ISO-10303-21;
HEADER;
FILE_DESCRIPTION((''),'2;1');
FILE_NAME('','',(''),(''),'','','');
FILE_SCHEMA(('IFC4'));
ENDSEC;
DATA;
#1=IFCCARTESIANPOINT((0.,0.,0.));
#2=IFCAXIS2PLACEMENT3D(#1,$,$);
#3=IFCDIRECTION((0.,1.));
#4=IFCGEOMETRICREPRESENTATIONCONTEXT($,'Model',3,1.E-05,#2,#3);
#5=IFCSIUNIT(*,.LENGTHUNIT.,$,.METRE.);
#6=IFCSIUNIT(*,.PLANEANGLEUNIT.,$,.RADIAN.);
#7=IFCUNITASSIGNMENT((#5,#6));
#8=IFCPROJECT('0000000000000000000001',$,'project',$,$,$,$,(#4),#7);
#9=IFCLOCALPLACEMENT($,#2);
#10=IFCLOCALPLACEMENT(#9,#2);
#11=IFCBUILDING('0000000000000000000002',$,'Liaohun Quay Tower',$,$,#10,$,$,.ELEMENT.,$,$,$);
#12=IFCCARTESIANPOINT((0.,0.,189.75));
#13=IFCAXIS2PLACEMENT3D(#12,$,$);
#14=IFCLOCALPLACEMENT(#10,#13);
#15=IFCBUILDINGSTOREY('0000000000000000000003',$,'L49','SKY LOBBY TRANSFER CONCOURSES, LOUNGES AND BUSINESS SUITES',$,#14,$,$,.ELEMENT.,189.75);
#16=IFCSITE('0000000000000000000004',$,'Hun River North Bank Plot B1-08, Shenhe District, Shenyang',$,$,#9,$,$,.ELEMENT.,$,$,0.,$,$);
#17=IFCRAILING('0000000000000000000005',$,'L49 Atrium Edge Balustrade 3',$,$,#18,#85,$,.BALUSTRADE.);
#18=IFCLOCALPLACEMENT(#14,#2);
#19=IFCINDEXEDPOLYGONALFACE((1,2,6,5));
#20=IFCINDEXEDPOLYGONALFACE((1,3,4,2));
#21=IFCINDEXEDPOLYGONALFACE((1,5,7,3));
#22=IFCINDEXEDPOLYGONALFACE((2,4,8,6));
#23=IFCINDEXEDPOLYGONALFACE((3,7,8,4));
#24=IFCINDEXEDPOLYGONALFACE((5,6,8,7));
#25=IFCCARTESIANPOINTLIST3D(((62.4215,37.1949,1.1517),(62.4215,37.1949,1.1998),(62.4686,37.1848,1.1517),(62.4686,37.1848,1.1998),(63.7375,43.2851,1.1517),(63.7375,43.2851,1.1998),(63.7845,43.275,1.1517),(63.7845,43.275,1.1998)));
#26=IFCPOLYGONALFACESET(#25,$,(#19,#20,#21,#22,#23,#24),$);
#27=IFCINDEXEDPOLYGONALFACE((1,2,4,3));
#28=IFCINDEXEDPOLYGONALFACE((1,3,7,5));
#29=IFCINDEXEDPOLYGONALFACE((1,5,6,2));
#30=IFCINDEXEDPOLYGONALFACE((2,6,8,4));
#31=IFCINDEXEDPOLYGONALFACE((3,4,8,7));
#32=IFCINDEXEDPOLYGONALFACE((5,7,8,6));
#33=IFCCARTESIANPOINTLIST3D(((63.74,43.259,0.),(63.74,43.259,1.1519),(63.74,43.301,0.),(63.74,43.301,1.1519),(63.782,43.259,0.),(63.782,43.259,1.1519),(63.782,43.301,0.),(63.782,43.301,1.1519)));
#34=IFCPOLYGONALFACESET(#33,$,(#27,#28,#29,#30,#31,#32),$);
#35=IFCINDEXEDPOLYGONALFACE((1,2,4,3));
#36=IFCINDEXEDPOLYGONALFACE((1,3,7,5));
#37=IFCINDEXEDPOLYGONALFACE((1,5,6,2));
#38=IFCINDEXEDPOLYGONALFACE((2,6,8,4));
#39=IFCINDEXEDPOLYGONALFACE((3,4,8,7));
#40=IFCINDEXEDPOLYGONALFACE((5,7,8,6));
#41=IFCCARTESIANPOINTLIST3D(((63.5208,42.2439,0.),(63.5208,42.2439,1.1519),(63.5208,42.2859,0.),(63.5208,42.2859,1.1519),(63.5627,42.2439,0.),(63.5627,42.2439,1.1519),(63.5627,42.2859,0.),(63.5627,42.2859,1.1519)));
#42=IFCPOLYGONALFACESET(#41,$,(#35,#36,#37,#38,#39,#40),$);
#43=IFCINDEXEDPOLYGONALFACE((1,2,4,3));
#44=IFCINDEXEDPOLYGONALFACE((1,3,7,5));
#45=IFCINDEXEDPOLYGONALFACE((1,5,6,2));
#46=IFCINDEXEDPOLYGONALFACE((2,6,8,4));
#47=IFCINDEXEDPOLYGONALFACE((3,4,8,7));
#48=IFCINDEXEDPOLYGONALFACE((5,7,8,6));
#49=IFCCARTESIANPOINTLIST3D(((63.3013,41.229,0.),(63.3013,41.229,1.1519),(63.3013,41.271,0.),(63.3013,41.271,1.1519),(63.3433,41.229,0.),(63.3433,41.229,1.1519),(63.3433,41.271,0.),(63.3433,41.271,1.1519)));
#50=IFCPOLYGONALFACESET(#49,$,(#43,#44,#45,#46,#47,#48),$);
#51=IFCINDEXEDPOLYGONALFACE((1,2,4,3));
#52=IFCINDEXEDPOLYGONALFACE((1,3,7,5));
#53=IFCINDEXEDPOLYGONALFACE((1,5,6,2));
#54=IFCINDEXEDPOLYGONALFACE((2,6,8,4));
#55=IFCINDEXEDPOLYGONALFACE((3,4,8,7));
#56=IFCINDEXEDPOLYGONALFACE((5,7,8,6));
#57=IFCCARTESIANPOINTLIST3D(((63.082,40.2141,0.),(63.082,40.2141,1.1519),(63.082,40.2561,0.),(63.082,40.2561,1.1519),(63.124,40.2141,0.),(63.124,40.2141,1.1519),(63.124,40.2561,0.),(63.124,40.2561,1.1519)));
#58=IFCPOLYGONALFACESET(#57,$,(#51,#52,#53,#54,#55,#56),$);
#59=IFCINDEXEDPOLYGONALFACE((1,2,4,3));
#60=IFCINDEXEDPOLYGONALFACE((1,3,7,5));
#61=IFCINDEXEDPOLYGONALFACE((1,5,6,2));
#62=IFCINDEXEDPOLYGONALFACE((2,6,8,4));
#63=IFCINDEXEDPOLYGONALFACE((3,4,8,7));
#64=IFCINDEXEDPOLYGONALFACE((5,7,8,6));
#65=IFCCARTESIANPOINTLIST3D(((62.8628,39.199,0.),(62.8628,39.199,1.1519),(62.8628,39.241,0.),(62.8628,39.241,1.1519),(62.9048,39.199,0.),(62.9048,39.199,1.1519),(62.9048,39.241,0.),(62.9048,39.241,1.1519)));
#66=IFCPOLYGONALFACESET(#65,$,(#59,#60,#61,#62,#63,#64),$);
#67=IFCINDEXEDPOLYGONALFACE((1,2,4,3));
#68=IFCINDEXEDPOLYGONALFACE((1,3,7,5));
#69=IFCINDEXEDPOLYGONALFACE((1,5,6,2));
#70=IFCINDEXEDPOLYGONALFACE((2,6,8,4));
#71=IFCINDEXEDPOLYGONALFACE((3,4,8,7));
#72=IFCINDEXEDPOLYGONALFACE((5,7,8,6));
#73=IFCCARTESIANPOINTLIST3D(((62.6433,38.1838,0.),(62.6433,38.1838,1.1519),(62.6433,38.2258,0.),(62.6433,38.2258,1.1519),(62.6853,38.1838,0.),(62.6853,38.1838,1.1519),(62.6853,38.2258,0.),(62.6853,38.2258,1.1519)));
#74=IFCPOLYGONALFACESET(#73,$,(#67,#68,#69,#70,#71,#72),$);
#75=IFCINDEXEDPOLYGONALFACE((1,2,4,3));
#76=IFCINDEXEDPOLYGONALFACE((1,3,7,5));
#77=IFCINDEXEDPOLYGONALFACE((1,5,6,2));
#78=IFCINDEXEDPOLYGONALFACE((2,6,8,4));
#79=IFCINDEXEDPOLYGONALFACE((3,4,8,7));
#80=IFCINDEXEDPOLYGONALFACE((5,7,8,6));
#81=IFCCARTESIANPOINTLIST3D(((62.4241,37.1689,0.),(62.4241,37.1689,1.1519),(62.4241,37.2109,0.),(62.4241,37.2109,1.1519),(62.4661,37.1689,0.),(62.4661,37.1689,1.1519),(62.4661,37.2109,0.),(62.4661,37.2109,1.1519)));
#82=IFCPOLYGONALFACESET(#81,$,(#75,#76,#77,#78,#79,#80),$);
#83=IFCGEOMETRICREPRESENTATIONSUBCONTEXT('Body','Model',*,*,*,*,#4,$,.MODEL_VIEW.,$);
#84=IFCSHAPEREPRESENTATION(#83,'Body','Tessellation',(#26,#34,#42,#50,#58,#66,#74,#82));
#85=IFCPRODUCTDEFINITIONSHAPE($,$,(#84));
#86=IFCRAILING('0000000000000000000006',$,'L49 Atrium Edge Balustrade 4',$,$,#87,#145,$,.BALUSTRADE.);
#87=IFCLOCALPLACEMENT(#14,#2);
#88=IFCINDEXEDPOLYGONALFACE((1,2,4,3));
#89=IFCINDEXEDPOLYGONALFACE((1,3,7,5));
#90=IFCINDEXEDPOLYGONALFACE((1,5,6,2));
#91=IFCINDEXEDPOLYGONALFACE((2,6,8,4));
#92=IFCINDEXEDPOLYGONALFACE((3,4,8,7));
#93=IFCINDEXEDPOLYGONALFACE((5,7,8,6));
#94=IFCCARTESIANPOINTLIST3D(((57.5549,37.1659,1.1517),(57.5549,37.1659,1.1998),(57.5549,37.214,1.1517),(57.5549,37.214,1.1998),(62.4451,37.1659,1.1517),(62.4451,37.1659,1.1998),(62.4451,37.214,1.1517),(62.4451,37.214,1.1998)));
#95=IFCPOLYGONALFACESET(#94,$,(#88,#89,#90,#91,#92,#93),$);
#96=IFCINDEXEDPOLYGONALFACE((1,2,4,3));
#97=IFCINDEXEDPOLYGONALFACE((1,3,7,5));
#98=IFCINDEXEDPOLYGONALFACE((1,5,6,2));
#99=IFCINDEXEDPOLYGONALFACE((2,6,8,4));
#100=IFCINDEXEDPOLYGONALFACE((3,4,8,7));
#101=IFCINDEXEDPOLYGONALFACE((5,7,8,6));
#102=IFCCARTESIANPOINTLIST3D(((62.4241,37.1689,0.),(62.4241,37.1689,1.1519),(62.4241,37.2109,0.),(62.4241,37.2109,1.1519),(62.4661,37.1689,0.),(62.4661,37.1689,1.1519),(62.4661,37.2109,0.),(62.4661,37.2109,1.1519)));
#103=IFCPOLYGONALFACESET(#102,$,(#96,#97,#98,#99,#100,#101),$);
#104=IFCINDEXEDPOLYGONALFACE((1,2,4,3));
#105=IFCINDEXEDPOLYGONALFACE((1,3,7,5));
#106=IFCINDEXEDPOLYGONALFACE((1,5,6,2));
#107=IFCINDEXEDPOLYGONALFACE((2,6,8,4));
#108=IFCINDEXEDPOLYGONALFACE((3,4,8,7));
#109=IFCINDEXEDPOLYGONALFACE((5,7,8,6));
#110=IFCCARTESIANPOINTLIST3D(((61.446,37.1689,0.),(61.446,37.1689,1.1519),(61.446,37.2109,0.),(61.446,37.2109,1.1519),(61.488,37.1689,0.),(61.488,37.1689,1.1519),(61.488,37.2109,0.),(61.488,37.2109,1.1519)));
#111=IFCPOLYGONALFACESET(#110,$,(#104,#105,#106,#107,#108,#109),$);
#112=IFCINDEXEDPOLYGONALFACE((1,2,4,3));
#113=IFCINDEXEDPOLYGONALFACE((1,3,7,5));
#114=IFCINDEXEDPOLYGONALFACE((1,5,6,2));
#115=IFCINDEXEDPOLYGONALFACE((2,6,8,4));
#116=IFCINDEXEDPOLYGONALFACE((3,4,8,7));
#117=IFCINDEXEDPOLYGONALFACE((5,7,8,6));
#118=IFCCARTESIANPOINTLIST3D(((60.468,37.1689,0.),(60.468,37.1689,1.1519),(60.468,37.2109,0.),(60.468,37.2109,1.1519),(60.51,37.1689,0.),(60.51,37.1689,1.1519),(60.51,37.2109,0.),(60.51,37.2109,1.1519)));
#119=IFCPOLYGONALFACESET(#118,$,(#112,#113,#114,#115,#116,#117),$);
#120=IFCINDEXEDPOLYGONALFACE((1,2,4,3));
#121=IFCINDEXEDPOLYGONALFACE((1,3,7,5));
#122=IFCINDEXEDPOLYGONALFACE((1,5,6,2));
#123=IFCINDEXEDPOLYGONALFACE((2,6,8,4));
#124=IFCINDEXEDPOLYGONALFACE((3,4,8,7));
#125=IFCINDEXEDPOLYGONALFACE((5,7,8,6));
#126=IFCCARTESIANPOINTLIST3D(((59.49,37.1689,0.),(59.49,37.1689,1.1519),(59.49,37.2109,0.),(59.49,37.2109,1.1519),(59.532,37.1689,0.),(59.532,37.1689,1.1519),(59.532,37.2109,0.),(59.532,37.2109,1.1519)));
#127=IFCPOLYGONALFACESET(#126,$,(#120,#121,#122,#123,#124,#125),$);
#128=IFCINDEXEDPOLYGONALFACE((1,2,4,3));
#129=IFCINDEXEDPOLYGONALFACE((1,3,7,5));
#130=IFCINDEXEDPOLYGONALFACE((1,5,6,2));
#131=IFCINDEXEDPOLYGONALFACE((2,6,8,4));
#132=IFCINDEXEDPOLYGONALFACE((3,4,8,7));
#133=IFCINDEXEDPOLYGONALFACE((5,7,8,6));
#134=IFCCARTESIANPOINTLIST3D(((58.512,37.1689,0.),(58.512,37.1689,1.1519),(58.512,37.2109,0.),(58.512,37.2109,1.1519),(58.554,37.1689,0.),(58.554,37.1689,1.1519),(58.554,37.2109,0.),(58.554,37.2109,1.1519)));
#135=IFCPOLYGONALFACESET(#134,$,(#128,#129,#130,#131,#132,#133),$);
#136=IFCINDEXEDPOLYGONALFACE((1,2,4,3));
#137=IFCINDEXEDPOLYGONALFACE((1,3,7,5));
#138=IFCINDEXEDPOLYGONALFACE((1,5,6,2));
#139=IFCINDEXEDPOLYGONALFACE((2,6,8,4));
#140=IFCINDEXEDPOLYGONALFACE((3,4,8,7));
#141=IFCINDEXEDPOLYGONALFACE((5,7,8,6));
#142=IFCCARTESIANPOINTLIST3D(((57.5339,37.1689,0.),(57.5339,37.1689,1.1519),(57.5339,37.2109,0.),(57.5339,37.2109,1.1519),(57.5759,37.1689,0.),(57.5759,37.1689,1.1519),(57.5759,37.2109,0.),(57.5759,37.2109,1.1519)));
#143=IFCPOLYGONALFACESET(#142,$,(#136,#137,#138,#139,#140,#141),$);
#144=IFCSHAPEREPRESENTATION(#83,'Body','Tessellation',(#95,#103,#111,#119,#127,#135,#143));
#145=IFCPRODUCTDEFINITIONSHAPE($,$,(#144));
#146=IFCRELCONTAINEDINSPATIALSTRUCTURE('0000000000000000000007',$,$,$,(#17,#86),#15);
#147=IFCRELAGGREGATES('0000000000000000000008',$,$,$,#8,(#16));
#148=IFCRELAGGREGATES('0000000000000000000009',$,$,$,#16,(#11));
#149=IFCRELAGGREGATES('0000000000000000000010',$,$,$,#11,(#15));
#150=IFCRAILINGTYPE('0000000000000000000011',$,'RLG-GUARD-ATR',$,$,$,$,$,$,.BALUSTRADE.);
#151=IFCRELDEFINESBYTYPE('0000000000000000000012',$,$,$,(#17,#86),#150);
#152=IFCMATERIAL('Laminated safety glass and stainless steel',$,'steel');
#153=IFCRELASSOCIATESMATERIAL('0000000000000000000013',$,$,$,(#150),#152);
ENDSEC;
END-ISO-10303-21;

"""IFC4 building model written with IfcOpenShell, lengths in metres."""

from ifc_helpers import new_model, si_unit, direction, frame, origin, origin_2d, place, context, subcontext, project, spatial, rectangle, extrude, material, type_object, element, save


model = new_model("IFC4")

# Units and contexts
model_context = context("Model", 3, precision=1e-05, world=origin(), true_north=direction((0.0, 1.0)))
body_context = subcontext(model_context, "Body", "Model", "MODEL_VIEW")
ifc_project = project(units=[si_unit("LENGTHUNIT", "METRE"), si_unit("PLANEANGLEUNIT", "RADIAN")], contexts=[model_context])

# Site, building, storey
site_placement = place(None, origin())
site = spatial("IfcSite", under=ifc_project, at=site_placement, Name="Hun River North Bank Plot B1-08, Shenhe District, Shenyang", CompositionType="ELEMENT", RefElevation=0.0)
building_placement = place(site_placement, origin())
building = spatial("IfcBuilding", under=site, at=building_placement, Name="Liaohun Quay Tower", CompositionType="ELEMENT")
storey_placement = place(building_placement, frame((0.0, 0.0, 189.75)))
storey = spatial("IfcBuildingStorey", under=building, at=storey_placement, Name="L49", Description="SKY LOBBY TRANSFER CONCOURSES, LOUNGES AND BUSINESS SUITES", CompositionType="ELEMENT", Elevation=189.75)

# Railings
ifc_material_1 = material(Name="Laminated safety glass and stainless steel", Category="steel")
railing_type = type_object("IfcRailingType", Name="RLG-GUARD-ATR", PredefinedType="BALUSTRADE", material=ifc_material_1)
railing_1_placement = place(storey_placement, frame((63.761, 43.28, 0.0)))
element("IfcRailing", 1, at=railing_1_placement, inside=storey, type_object=railing_type, Name="L49 Atrium Edge Balustrade 3", PredefinedType="BALUSTRADE", context=body_context, shape_type="SweptSolid", body=[
    extrude(rectangle(XDim=0.0481, YDim=0.0481, at=origin_2d()), frame((0.0, 0.0, 1.1758), z_axis=(-0.211201, -0.977443, 0.0), x_axis=(0.977443, -0.211201, 0.0)), (0.0, 0.0, 1.0), 6.2307),
    extrude(rectangle(XDim=0.042, YDim=0.042, at=origin_2d()), origin(), (0.0, 0.0, 1.0), 1.1519),
    extrude(rectangle(XDim=0.042, YDim=0.042, at=origin_2d()), frame((-0.2192, -1.0151, 0.0)), (0.0, 0.0, 1.0), 1.1519),
    extrude(rectangle(XDim=0.042, YDim=0.042, at=origin_2d()), frame((-0.4387, -2.03, 0.0)), (0.0, 0.0, 1.0), 1.1519),
    extrude(rectangle(XDim=0.042, YDim=0.042, at=origin_2d()), frame((-0.658, -3.0449, 0.0)), (0.0, 0.0, 1.0), 1.1519),
    extrude(rectangle(XDim=0.042, YDim=0.042, at=origin_2d()), frame((-0.8772, -4.0601, 0.0)), (0.0, 0.0, 1.0), 1.1519),
    extrude(rectangle(XDim=0.042, YDim=0.042, at=origin_2d()), frame((-1.0967, -5.0752, 0.0)), (0.0, 0.0, 1.0), 1.1519),
    extrude(rectangle(XDim=0.042, YDim=0.042, at=origin_2d()), frame((-1.3159, -6.0901, 0.0)), (0.0, 0.0, 1.0), 1.1519),
])
railing_2_placement = place(storey_placement, frame((62.4451, 37.1899, 0.0)))
element("IfcRailing", 2, at=railing_2_placement, inside=storey, type_object=railing_type, Name="L49 Atrium Edge Balustrade 4", PredefinedType="BALUSTRADE", context=body_context, shape_type="SweptSolid", body=[
    extrude(rectangle(XDim=0.0481, YDim=0.0481, at=origin_2d()), frame((0.0, 0.0, 1.1758), z_axis=(-1.0, 0.0, 0.0), x_axis=(0.0, -1.0, 0.0)), (0.0, 0.0, 1.0), 4.8901),
    extrude(rectangle(XDim=0.042, YDim=0.042, at=origin_2d()), origin(), (0.0, 0.0, 1.0), 1.1519),
    extrude(rectangle(XDim=0.042, YDim=0.042, at=origin_2d()), frame((-0.978, 0.0, 0.0)), (0.0, 0.0, 1.0), 1.1519),
    extrude(rectangle(XDim=0.042, YDim=0.042, at=origin_2d()), frame((-1.9561, 0.0, 0.0)), (0.0, 0.0, 1.0), 1.1519),
    extrude(rectangle(XDim=0.042, YDim=0.042, at=origin_2d()), frame((-2.9341, 0.0, 0.0)), (0.0, 0.0, 1.0), 1.1519),
    extrude(rectangle(XDim=0.042, YDim=0.042, at=origin_2d()), frame((-3.9121, 0.0, 0.0)), (0.0, 0.0, 1.0), 1.1519),
    extrude(rectangle(XDim=0.042, YDim=0.042, at=origin_2d()), frame((-4.8901, 0.0, 0.0)), (0.0, 0.0, 1.0), 1.1519),
])

save(model, "model.ifc")
